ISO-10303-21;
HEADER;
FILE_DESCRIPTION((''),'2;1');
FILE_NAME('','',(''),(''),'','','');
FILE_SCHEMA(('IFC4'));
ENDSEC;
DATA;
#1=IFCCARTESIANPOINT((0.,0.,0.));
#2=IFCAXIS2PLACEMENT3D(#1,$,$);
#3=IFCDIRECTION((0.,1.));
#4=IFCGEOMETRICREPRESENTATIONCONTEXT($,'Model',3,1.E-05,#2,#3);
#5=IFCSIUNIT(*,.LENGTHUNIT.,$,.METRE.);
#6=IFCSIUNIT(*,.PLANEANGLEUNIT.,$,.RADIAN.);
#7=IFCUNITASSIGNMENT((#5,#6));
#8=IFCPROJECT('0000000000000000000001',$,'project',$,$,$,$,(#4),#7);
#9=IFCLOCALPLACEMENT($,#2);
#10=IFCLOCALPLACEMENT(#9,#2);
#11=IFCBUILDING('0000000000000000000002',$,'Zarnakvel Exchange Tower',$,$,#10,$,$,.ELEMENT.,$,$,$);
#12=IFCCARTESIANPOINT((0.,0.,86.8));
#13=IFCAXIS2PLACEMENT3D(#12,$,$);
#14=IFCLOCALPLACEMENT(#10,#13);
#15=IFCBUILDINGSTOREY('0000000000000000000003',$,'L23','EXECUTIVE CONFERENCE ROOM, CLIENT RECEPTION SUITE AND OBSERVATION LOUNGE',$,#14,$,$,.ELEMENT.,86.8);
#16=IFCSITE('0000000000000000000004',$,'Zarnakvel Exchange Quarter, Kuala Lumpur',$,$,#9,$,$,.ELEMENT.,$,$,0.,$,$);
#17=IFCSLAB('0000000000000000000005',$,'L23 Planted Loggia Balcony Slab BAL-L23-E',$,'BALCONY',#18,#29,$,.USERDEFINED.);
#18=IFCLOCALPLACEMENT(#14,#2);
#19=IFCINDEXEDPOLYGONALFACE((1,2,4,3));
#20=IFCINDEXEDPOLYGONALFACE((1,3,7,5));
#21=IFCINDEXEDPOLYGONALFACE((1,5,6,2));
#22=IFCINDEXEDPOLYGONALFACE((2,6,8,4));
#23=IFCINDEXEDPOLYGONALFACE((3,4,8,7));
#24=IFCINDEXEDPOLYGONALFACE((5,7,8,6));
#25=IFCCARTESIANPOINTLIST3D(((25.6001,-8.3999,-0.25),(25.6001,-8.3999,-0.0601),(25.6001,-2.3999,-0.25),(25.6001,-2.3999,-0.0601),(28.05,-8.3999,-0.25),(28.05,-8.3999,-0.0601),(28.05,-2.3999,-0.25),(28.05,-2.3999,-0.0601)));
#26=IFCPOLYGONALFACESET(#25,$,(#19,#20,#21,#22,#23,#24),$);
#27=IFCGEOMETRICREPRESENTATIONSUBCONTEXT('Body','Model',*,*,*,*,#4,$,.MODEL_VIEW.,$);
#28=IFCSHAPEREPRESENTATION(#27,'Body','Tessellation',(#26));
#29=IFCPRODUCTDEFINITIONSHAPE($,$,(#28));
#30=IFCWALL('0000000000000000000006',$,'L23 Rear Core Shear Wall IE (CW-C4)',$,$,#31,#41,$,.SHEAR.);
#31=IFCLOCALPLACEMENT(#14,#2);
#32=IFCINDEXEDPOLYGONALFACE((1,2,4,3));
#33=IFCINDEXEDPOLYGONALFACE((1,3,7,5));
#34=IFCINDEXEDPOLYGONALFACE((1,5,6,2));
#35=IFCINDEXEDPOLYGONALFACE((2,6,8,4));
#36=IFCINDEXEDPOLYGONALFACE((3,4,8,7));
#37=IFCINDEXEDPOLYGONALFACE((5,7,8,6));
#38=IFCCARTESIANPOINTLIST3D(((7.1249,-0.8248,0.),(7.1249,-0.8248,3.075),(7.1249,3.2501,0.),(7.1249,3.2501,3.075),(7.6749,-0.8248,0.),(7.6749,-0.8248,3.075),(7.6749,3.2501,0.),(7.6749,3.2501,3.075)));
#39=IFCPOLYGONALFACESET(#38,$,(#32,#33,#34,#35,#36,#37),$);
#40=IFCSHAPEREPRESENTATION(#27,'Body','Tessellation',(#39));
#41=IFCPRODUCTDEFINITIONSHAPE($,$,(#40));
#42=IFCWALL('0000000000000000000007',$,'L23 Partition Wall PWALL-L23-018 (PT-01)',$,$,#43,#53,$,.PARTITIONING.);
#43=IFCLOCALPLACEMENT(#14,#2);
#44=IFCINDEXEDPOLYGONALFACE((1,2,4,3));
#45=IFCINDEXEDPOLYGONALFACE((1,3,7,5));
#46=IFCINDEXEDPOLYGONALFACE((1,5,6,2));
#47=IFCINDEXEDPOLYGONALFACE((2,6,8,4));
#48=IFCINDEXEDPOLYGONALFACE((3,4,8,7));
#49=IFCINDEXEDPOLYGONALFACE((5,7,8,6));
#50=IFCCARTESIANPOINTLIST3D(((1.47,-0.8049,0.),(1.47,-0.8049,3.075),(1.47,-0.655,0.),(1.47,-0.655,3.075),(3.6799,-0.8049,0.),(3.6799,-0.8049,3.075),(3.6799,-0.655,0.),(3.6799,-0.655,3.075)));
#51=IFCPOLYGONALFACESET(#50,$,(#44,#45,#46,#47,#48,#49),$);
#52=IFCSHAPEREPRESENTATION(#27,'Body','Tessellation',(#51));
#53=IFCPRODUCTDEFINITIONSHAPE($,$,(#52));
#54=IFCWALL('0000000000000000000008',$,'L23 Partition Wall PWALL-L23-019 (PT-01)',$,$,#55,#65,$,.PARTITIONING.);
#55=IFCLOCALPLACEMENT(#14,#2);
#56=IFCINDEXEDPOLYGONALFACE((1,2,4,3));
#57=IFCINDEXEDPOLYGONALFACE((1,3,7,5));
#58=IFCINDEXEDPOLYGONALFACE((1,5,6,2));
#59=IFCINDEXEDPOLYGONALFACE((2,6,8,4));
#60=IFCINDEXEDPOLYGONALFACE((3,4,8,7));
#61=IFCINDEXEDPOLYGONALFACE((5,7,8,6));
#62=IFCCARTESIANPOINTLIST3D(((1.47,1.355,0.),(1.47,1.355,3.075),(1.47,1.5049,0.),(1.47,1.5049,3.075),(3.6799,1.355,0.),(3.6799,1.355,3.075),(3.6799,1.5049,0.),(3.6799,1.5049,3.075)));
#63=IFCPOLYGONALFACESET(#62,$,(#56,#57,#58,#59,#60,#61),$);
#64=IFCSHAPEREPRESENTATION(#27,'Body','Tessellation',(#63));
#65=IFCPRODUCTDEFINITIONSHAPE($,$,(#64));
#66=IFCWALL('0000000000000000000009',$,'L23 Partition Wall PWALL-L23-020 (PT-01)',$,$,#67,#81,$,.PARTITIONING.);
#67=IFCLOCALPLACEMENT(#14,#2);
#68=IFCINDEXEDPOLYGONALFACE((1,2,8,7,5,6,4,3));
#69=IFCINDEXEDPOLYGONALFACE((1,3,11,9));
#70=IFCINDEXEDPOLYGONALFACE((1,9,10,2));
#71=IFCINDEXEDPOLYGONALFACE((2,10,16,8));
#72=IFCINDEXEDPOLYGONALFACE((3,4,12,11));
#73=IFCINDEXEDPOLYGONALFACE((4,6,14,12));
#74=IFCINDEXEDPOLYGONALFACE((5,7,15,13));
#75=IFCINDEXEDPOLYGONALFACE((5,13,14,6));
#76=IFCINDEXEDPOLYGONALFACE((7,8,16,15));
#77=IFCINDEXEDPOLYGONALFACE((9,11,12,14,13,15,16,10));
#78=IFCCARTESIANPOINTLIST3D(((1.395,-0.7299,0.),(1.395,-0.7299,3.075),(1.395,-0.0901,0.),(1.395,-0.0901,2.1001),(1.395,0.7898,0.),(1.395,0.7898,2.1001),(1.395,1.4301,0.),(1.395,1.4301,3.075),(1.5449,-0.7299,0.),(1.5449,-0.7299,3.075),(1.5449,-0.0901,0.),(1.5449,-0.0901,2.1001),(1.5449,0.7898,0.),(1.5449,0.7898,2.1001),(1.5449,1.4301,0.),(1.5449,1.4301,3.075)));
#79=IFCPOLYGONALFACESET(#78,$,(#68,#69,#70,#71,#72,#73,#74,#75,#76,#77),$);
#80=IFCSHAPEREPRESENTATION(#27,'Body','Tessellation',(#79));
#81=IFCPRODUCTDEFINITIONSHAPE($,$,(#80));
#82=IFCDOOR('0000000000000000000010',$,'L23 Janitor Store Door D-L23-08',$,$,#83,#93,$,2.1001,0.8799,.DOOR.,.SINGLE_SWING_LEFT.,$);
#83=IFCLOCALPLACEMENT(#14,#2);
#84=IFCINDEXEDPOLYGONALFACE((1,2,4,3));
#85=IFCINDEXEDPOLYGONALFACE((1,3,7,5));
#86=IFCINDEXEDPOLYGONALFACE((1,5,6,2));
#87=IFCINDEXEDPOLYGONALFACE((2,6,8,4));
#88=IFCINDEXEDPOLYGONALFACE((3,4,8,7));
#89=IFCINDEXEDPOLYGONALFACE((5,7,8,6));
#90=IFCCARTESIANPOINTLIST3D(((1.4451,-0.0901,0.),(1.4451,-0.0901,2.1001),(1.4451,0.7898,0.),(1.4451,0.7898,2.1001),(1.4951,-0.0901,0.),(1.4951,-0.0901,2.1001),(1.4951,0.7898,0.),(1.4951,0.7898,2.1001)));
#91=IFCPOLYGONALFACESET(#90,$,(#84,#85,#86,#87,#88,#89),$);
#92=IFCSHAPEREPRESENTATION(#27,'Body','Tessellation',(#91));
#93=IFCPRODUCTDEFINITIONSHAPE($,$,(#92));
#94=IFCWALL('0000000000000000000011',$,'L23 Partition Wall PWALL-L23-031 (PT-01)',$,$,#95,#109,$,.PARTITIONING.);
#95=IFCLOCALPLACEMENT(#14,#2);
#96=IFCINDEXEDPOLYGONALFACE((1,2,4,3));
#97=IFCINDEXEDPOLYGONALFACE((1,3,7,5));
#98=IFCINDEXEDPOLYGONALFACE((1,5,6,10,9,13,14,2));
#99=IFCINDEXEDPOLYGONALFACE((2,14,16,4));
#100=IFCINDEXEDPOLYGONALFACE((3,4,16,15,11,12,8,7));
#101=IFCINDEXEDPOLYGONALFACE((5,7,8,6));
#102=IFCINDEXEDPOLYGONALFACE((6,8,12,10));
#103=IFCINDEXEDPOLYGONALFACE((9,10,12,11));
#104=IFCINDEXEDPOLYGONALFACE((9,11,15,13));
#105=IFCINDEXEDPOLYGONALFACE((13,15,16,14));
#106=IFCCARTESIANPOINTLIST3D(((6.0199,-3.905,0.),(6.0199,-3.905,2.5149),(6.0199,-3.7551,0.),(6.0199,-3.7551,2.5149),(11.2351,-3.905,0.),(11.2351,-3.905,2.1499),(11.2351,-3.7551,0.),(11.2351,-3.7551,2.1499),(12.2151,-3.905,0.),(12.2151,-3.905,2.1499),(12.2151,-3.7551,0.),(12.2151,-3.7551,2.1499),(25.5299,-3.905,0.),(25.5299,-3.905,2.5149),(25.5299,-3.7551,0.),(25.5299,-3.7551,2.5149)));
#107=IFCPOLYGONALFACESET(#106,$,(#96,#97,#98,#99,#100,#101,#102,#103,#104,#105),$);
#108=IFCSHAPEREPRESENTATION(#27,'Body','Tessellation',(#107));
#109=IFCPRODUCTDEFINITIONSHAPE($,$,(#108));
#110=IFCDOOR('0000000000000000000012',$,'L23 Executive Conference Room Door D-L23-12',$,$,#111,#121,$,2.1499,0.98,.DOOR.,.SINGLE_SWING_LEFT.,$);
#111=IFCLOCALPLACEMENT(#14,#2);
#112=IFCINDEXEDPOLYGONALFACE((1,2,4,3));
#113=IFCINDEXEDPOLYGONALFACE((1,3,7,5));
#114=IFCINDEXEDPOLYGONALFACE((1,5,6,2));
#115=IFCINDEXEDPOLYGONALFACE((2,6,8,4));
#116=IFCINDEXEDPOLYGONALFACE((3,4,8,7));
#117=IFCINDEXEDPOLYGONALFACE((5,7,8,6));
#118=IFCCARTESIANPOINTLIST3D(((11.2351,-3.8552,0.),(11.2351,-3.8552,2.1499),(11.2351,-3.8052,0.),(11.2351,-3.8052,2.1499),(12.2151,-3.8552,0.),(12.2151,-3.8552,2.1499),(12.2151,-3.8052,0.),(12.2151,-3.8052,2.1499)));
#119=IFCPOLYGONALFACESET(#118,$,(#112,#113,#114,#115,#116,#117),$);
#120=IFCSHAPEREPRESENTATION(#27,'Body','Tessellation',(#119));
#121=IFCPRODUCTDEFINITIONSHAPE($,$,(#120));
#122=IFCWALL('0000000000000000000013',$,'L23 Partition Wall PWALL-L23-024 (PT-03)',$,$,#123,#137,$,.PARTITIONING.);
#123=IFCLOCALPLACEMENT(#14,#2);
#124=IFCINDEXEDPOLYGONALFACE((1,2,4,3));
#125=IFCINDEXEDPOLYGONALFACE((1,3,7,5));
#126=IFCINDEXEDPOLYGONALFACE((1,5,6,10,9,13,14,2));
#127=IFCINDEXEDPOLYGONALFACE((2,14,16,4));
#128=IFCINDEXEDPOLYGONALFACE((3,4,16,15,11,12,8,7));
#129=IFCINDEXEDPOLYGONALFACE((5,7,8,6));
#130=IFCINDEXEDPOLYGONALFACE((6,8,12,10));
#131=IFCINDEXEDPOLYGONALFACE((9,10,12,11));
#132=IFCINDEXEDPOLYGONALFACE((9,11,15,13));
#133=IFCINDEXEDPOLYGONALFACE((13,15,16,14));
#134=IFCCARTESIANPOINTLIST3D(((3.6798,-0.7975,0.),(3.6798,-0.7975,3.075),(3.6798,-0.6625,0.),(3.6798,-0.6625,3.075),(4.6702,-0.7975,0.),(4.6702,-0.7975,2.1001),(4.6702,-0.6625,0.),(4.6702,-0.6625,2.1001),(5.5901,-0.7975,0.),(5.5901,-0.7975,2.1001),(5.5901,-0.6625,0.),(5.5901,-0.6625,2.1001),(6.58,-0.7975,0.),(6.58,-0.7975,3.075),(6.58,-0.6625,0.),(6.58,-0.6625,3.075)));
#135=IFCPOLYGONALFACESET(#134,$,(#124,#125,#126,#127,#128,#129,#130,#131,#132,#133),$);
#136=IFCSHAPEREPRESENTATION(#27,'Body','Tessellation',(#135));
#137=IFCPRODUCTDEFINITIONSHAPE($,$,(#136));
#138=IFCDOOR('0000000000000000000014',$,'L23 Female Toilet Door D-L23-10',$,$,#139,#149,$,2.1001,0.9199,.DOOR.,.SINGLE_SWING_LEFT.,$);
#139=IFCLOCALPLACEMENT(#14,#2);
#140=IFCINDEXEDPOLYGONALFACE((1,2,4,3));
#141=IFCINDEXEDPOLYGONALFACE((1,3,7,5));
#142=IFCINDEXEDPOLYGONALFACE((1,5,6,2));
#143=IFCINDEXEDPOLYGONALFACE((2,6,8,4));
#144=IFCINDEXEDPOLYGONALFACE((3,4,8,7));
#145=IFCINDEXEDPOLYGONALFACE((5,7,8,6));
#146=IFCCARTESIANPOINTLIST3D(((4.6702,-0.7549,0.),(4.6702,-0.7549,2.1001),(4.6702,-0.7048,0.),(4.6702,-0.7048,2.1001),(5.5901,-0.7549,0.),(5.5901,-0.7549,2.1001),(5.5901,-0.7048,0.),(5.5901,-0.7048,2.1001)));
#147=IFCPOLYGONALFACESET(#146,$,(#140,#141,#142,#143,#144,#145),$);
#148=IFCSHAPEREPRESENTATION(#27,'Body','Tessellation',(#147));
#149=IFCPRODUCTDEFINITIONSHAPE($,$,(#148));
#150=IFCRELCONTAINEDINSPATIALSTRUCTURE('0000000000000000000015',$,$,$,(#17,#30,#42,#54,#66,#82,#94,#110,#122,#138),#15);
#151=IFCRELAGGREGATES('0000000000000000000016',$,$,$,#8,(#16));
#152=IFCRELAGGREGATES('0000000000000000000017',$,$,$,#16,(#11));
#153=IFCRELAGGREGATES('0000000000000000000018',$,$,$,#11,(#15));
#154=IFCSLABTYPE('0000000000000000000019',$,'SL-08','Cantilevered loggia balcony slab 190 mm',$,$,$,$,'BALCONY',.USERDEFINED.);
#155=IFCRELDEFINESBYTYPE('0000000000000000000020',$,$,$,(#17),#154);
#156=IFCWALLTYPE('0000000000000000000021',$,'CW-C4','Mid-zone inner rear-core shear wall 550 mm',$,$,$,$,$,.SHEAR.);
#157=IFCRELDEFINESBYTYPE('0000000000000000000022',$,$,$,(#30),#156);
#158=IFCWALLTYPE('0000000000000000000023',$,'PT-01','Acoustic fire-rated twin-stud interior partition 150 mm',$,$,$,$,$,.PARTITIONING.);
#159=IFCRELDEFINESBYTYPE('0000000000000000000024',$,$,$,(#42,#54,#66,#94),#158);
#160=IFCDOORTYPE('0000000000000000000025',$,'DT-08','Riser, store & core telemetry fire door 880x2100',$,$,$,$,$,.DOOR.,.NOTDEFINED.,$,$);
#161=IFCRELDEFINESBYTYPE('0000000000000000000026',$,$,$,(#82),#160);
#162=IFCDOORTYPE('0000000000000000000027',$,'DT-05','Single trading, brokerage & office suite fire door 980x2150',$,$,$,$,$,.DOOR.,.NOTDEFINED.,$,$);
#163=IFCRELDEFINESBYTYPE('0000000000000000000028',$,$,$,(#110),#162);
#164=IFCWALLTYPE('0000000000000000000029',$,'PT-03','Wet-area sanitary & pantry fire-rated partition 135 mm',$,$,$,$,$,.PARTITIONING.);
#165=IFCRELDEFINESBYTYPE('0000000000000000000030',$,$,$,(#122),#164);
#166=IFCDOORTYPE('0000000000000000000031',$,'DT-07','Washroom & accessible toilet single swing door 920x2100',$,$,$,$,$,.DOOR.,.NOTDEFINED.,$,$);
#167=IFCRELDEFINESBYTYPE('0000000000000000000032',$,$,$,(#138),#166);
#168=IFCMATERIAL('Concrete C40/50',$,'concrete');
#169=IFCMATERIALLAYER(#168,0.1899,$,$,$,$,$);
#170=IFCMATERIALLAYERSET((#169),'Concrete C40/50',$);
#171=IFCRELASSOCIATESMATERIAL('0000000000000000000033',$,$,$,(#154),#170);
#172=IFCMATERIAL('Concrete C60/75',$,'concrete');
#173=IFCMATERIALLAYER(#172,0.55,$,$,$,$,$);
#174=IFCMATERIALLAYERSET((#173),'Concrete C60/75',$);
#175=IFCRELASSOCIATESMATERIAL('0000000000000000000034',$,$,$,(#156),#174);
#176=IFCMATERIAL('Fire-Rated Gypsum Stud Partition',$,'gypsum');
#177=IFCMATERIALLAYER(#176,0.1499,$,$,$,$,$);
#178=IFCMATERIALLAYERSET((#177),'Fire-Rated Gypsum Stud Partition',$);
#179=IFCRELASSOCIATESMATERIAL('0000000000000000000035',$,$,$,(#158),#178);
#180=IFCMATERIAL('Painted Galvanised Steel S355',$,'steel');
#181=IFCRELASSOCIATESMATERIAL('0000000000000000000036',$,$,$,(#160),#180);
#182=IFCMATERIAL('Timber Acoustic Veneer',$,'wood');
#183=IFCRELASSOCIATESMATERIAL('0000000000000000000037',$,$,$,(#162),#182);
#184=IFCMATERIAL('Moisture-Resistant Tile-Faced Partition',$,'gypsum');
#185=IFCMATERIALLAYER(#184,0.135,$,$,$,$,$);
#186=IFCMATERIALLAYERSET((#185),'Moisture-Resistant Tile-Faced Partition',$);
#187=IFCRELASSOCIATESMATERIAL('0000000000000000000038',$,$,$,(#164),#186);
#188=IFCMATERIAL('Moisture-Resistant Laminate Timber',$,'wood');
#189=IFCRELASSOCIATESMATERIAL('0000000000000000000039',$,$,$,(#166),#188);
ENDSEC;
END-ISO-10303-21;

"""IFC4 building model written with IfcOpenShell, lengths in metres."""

from ifc_helpers import new_model, si_unit, direction, frame, frame_2d, origin, place, context, subcontext, project, spatial, polyline, rectangle, outline, extrude, source, transform, mapped, material, layer, layer_set, type_object, element, fill, save


model = new_model("IFC4")

# Units and contexts
model_context = context("Model", 3, precision=1e-05, world=origin(), true_north=direction((0.0, 1.0)))
body_context = subcontext(model_context, "Body", "Model", "MODEL_VIEW")
ifc_project = project(units=[si_unit("LENGTHUNIT", "METRE"), si_unit("PLANEANGLEUNIT", "RADIAN")], contexts=[model_context])

# Site, building, storey
site_placement = place(None, origin())
site = spatial("IfcSite", under=ifc_project, at=site_placement, Name="Zarnakvel Exchange Quarter, Kuala Lumpur", CompositionType="ELEMENT", RefElevation=0.0)
building_placement = place(site_placement, origin())
building = spatial("IfcBuilding", under=site, at=building_placement, Name="Zarnakvel Exchange Tower", CompositionType="ELEMENT")
storey_placement = place(building_placement, frame((0.0, 0.0, 86.8)))
storey = spatial("IfcBuildingStorey", under=building, at=storey_placement, Name="L23", Description="EXECUTIVE CONFERENCE ROOM, CLIENT RECEPTION SUITE AND OBSERVATION LOUNGE", CompositionType="ELEMENT", Elevation=86.8)

# Shared definitions
ifc_material_1 = material(Name="Concrete C60/75", Category="concrete")

# Shared definitions
ifc_material_2 = material(Name="Concrete C40/50", Category="concrete")

# Slab
ifc_layer_1 = layer(ifc_material_2, 0.1899)
ifc_layer_set_1 = layer_set([ifc_layer_1], Name="Concrete C40/50")
slab_type_1 = type_object("IfcSlabType", Name="SL-08", Description="Cantilevered loggia balcony slab 190 mm", ElementType="BALCONY", PredefinedType="USERDEFINED", material=ifc_layer_set_1)
slab_1_placement = place(storey_placement, frame((0.0, 0.0, -0.25)))
element("IfcSlab", 1, at=slab_1_placement, inside=storey, type_object=slab_type_1, Name="L23 Planted Loggia Balcony Slab BAL-L23-E", ObjectType="BALCONY", PredefinedType="USERDEFINED", context=body_context, shape_type="SweptSolid", body=[
    extrude(outline(polyline([(25.6001, -8.3999), (28.05, -8.3999), (28.05, -2.3999), (25.6001, -2.3999), (25.6001, -8.3999)])), origin(), (0.0, 0.0, 1.0), 0.1899),
])

# Walls
ifc_layer_2 = layer(ifc_material_1, 0.55)
ifc_layer_set_2 = layer_set([ifc_layer_2], Name="Concrete C60/75")
wall_type_1 = type_object("IfcWallType", Name="CW-C4", Description="Mid-zone inner rear-core shear wall 550 mm", PredefinedType="SHEAR", material=ifc_layer_set_2)
wall_1_placement = place(storey_placement, frame((7.3999, -0.825, 0.0), z_axis=(0.0, 0.0, 1.0), x_axis=(0.0, 1.0, 0.0)))
element("IfcWall", 2, at=wall_1_placement, inside=storey, type_object=wall_type_1, Name="L23 Rear Core Shear Wall IE (CW-C4)", PredefinedType="SHEAR", context=body_context, shape_type="SweptSolid", body=[
    extrude(rectangle(XDim=4.075, YDim=0.55, at=frame_2d((2.0376, 0.0))), origin(), (0.0, 0.0, 1.0), 3.075),
])
ifc_material_3 = material(Name="Fire-Rated Gypsum Stud Partition", Category="gypsum")
ifc_layer_3 = layer(ifc_material_3, 0.1499)
ifc_layer_set_3 = layer_set([ifc_layer_3], Name="Fire-Rated Gypsum Stud Partition")
wall_type_2 = type_object("IfcWallType", Name="PT-01", Description="Acoustic fire-rated twin-stud interior partition 150 mm", PredefinedType="PARTITIONING", material=ifc_layer_set_3)
for number, where, z_axis, x_axis, name in (
    (3, (3.6799, -0.73, 0.0), (0.0, 0.0, 1.0), (-1.0, 0.0, 0.0), "L23 Partition Wall PWALL-L23-018 (PT-01)"),
    (4, (1.47, 1.4299, 0.0), (0.0, 0.0, 1.0), (1.0, 0.0, 0.0), "L23 Partition Wall PWALL-L23-019 (PT-01)"),
):
    element("IfcWall", number, at=place(storey_placement, frame(where, z_axis=z_axis, x_axis=x_axis)), inside=storey, type_object=wall_type_2, Name=name, PredefinedType="PARTITIONING", context=body_context, shape_type="SweptSolid", body=[
        extrude(rectangle(XDim=2.21, YDim=0.1499, at=frame_2d((1.105, 0.0))), origin(), (0.0, 0.0, 1.0), 3.075),
    ])

# Walls, openings, doors
wall_2_placement = place(storey_placement, frame((1.47, -0.73, 0.0), z_axis=(0.0, 0.0, 1.0), x_axis=(0.0, 1.0, 0.0)))
wall_2 = element("IfcWall", 5, at=wall_2_placement, inside=storey, type_object=wall_type_2, Name="L23 Partition Wall PWALL-L23-020 (PT-01)", PredefinedType="PARTITIONING", context=body_context, shape_type="SweptSolid", body=[
    extrude(rectangle(XDim=2.1599, YDim=0.1499, at=frame_2d((1.0801, 0.0))), origin(), (0.0, 0.0, 1.0), 3.075),
])
opening_1_placement = place(wall_2_placement, frame((0.6399, 0.0, 0.0)))
opening_1 = element("IfcOpeningElement", 6, at=opening_1_placement, cuts=wall_2, PredefinedType="OPENING", context=body_context, shape_type="SweptSolid", body=[
    extrude(rectangle(XDim=0.8799, YDim=2.1001, at=frame_2d((0.4399, 1.05))), frame((0.0, 0.085, 0.0), z_axis=(0.0, -1.0, 0.0), x_axis=(1.0, 0.0, 0.0)), (0.0, 0.0, 1.0), 0.1699),
])
ifc_material_4 = material(Name="Painted Galvanised Steel S355", Category="steel")
door_type_1 = type_object("IfcDoorType", Name="DT-08", Description="Riser, store & core telemetry fire door 880x2100", OperationType="NOTDEFINED", PredefinedType="DOOR", material=ifc_material_4)
shared_shape_1 = source(origin(), body_context, "Body", "SweptSolid", [
    extrude(rectangle(XDim=0.8799, YDim=2.1001, at=frame_2d((0.4399, 1.05))), frame((0.0, 0.0249, 0.0), z_axis=(0.0, -1.0, 0.0), x_axis=(1.0, 0.0, 0.0)), (0.0, 0.0, 1.0), 0.05),
])
door_1_placement = place(opening_1_placement, origin())
door_1 = element("IfcDoor", 7, at=door_1_placement, inside=storey, type_object=door_type_1, Name="L23 Janitor Store Door D-L23-08", OperationType="SINGLE_SWING_LEFT", OverallHeight=2.1001, OverallWidth=0.8799, PredefinedType="DOOR", context=body_context, shape_type="MappedRepresentation", body=[
    mapped(shared_shape_1, transform((0.0, 0.0, 0.0), x_axis=(1.0, 0.0, 0.0), y_axis=(0.0, 1.0, 0.0), z_axis=(0.0, 0.0, 1.0), scale=1.0)),
])
fill(opening_1, door_1)
ifc_material_5 = material(Name="Timber Acoustic Veneer", Category="wood")
door_type_2 = type_object("IfcDoorType", Name="DT-05", Description="Single trading, brokerage & office suite fire door 980x2150", OperationType="NOTDEFINED", PredefinedType="DOOR", material=ifc_material_5)
wall_3_placement = place(storey_placement, frame((6.02, -3.8301, 0.0), z_axis=(0.0, 0.0, 1.0), x_axis=(1.0, 0.0, 0.0)))
wall_3 = element("IfcWall", 8, at=wall_3_placement, inside=storey, type_object=wall_type_2, Name="L23 Partition Wall PWALL-L23-031 (PT-01)", PredefinedType="PARTITIONING", context=body_context, shape_type="SweptSolid", body=[
    extrude(rectangle(XDim=19.51, YDim=0.1499, at=frame_2d((9.7549, 0.0))), origin(), (0.0, 0.0, 1.0), 2.5149),
])
opening_2_placement = place(wall_3_placement, frame((5.2151, 0.0, 0.0)))
opening_2 = element("IfcOpeningElement", 9, at=opening_2_placement, cuts=wall_3, PredefinedType="OPENING", context=body_context, shape_type="SweptSolid", body=[
    extrude(rectangle(XDim=0.98, YDim=2.1499, at=frame_2d((0.49, 1.075))), frame((0.0, 0.085, 0.0), z_axis=(0.0, -1.0, 0.0), x_axis=(1.0, 0.0, 0.0)), (0.0, 0.0, 1.0), 0.1699),
])
shared_shape_2 = source(origin(), body_context, "Body", "SweptSolid", [
    extrude(rectangle(XDim=0.98, YDim=2.1499, at=frame_2d((0.49, 1.075))), frame((0.0, 0.0249, 0.0), z_axis=(0.0, -1.0, 0.0), x_axis=(1.0, 0.0, 0.0)), (0.0, 0.0, 1.0), 0.05),
])
door_2_placement = place(opening_2_placement, origin())
door_2 = element("IfcDoor", 10, at=door_2_placement, inside=storey, type_object=door_type_2, Name="L23 Executive Conference Room Door D-L23-12", OperationType="SINGLE_SWING_LEFT", OverallHeight=2.1499, OverallWidth=0.98, PredefinedType="DOOR", context=body_context, shape_type="MappedRepresentation", body=[
    mapped(shared_shape_2, transform((0.0, 0.0, 0.0), x_axis=(1.0, 0.0, 0.0), y_axis=(0.0, 1.0, 0.0), z_axis=(0.0, 0.0, 1.0), scale=1.0)),
])
fill(opening_2, door_2)
ifc_material_6 = material(Name="Moisture-Resistant Tile-Faced Partition", Category="gypsum")
ifc_layer_4 = layer(ifc_material_6, 0.135)
ifc_layer_set_4 = layer_set([ifc_layer_4], Name="Moisture-Resistant Tile-Faced Partition")
wall_type_3 = type_object("IfcWallType", Name="PT-03", Description="Wet-area sanitary & pantry fire-rated partition 135 mm", PredefinedType="PARTITIONING", material=ifc_layer_set_4)
wall_4_placement = place(storey_placement, frame((6.5801, -0.73, 0.0), z_axis=(0.0, 0.0, 1.0), x_axis=(-1.0, 0.0, 0.0)))
wall_4 = element("IfcWall", 11, at=wall_4_placement, inside=storey, type_object=wall_type_3, Name="L23 Partition Wall PWALL-L23-024 (PT-03)", PredefinedType="PARTITIONING", context=body_context, shape_type="SweptSolid", body=[
    extrude(rectangle(XDim=2.9001, YDim=0.135, at=frame_2d((1.4502, 0.0))), origin(), (0.0, 0.0, 1.0), 3.075),
])
opening_3_placement = place(wall_4_placement, frame((0.99, 0.0, 0.0)))
opening_3 = element("IfcOpeningElement", 12, at=opening_3_placement, cuts=wall_4, PredefinedType="OPENING", context=body_context, shape_type="SweptSolid", body=[
    extrude(rectangle(XDim=0.9199, YDim=2.1001, at=frame_2d((0.46, 1.05))), frame((0.0, 0.0774, 0.0), z_axis=(0.0, -1.0, 0.0), x_axis=(1.0, 0.0, 0.0)), (0.0, 0.0, 1.0), 0.155),
])
ifc_material_7 = material(Name="Moisture-Resistant Laminate Timber", Category="wood")
door_type_3 = type_object("IfcDoorType", Name="DT-07", Description="Washroom & accessible toilet single swing door 920x2100", OperationType="NOTDEFINED", PredefinedType="DOOR", material=ifc_material_7)
shared_shape_3 = source(origin(), body_context, "Body", "SweptSolid", [
    extrude(rectangle(XDim=0.9199, YDim=2.1001, at=frame_2d((0.46, 1.05))), frame((0.0, 0.0249, 0.0), z_axis=(0.0, -1.0, 0.0), x_axis=(1.0, 0.0, 0.0)), (0.0, 0.0, 1.0), 0.05),
])
door_3_placement = place(opening_3_placement, origin())
door_3 = element("IfcDoor", 13, at=door_3_placement, inside=storey, type_object=door_type_3, Name="L23 Female Toilet Door D-L23-10", OperationType="SINGLE_SWING_LEFT", OverallHeight=2.1001, OverallWidth=0.9199, PredefinedType="DOOR", context=body_context, shape_type="MappedRepresentation", body=[
    mapped(shared_shape_3, transform((0.0, 0.0, 0.0), x_axis=(1.0, 0.0, 0.0), y_axis=(0.0, 1.0, 0.0), z_axis=(0.0, 0.0, 1.0), scale=1.0)),
])
fill(opening_3, door_3)

save(model, "model.ifc")
